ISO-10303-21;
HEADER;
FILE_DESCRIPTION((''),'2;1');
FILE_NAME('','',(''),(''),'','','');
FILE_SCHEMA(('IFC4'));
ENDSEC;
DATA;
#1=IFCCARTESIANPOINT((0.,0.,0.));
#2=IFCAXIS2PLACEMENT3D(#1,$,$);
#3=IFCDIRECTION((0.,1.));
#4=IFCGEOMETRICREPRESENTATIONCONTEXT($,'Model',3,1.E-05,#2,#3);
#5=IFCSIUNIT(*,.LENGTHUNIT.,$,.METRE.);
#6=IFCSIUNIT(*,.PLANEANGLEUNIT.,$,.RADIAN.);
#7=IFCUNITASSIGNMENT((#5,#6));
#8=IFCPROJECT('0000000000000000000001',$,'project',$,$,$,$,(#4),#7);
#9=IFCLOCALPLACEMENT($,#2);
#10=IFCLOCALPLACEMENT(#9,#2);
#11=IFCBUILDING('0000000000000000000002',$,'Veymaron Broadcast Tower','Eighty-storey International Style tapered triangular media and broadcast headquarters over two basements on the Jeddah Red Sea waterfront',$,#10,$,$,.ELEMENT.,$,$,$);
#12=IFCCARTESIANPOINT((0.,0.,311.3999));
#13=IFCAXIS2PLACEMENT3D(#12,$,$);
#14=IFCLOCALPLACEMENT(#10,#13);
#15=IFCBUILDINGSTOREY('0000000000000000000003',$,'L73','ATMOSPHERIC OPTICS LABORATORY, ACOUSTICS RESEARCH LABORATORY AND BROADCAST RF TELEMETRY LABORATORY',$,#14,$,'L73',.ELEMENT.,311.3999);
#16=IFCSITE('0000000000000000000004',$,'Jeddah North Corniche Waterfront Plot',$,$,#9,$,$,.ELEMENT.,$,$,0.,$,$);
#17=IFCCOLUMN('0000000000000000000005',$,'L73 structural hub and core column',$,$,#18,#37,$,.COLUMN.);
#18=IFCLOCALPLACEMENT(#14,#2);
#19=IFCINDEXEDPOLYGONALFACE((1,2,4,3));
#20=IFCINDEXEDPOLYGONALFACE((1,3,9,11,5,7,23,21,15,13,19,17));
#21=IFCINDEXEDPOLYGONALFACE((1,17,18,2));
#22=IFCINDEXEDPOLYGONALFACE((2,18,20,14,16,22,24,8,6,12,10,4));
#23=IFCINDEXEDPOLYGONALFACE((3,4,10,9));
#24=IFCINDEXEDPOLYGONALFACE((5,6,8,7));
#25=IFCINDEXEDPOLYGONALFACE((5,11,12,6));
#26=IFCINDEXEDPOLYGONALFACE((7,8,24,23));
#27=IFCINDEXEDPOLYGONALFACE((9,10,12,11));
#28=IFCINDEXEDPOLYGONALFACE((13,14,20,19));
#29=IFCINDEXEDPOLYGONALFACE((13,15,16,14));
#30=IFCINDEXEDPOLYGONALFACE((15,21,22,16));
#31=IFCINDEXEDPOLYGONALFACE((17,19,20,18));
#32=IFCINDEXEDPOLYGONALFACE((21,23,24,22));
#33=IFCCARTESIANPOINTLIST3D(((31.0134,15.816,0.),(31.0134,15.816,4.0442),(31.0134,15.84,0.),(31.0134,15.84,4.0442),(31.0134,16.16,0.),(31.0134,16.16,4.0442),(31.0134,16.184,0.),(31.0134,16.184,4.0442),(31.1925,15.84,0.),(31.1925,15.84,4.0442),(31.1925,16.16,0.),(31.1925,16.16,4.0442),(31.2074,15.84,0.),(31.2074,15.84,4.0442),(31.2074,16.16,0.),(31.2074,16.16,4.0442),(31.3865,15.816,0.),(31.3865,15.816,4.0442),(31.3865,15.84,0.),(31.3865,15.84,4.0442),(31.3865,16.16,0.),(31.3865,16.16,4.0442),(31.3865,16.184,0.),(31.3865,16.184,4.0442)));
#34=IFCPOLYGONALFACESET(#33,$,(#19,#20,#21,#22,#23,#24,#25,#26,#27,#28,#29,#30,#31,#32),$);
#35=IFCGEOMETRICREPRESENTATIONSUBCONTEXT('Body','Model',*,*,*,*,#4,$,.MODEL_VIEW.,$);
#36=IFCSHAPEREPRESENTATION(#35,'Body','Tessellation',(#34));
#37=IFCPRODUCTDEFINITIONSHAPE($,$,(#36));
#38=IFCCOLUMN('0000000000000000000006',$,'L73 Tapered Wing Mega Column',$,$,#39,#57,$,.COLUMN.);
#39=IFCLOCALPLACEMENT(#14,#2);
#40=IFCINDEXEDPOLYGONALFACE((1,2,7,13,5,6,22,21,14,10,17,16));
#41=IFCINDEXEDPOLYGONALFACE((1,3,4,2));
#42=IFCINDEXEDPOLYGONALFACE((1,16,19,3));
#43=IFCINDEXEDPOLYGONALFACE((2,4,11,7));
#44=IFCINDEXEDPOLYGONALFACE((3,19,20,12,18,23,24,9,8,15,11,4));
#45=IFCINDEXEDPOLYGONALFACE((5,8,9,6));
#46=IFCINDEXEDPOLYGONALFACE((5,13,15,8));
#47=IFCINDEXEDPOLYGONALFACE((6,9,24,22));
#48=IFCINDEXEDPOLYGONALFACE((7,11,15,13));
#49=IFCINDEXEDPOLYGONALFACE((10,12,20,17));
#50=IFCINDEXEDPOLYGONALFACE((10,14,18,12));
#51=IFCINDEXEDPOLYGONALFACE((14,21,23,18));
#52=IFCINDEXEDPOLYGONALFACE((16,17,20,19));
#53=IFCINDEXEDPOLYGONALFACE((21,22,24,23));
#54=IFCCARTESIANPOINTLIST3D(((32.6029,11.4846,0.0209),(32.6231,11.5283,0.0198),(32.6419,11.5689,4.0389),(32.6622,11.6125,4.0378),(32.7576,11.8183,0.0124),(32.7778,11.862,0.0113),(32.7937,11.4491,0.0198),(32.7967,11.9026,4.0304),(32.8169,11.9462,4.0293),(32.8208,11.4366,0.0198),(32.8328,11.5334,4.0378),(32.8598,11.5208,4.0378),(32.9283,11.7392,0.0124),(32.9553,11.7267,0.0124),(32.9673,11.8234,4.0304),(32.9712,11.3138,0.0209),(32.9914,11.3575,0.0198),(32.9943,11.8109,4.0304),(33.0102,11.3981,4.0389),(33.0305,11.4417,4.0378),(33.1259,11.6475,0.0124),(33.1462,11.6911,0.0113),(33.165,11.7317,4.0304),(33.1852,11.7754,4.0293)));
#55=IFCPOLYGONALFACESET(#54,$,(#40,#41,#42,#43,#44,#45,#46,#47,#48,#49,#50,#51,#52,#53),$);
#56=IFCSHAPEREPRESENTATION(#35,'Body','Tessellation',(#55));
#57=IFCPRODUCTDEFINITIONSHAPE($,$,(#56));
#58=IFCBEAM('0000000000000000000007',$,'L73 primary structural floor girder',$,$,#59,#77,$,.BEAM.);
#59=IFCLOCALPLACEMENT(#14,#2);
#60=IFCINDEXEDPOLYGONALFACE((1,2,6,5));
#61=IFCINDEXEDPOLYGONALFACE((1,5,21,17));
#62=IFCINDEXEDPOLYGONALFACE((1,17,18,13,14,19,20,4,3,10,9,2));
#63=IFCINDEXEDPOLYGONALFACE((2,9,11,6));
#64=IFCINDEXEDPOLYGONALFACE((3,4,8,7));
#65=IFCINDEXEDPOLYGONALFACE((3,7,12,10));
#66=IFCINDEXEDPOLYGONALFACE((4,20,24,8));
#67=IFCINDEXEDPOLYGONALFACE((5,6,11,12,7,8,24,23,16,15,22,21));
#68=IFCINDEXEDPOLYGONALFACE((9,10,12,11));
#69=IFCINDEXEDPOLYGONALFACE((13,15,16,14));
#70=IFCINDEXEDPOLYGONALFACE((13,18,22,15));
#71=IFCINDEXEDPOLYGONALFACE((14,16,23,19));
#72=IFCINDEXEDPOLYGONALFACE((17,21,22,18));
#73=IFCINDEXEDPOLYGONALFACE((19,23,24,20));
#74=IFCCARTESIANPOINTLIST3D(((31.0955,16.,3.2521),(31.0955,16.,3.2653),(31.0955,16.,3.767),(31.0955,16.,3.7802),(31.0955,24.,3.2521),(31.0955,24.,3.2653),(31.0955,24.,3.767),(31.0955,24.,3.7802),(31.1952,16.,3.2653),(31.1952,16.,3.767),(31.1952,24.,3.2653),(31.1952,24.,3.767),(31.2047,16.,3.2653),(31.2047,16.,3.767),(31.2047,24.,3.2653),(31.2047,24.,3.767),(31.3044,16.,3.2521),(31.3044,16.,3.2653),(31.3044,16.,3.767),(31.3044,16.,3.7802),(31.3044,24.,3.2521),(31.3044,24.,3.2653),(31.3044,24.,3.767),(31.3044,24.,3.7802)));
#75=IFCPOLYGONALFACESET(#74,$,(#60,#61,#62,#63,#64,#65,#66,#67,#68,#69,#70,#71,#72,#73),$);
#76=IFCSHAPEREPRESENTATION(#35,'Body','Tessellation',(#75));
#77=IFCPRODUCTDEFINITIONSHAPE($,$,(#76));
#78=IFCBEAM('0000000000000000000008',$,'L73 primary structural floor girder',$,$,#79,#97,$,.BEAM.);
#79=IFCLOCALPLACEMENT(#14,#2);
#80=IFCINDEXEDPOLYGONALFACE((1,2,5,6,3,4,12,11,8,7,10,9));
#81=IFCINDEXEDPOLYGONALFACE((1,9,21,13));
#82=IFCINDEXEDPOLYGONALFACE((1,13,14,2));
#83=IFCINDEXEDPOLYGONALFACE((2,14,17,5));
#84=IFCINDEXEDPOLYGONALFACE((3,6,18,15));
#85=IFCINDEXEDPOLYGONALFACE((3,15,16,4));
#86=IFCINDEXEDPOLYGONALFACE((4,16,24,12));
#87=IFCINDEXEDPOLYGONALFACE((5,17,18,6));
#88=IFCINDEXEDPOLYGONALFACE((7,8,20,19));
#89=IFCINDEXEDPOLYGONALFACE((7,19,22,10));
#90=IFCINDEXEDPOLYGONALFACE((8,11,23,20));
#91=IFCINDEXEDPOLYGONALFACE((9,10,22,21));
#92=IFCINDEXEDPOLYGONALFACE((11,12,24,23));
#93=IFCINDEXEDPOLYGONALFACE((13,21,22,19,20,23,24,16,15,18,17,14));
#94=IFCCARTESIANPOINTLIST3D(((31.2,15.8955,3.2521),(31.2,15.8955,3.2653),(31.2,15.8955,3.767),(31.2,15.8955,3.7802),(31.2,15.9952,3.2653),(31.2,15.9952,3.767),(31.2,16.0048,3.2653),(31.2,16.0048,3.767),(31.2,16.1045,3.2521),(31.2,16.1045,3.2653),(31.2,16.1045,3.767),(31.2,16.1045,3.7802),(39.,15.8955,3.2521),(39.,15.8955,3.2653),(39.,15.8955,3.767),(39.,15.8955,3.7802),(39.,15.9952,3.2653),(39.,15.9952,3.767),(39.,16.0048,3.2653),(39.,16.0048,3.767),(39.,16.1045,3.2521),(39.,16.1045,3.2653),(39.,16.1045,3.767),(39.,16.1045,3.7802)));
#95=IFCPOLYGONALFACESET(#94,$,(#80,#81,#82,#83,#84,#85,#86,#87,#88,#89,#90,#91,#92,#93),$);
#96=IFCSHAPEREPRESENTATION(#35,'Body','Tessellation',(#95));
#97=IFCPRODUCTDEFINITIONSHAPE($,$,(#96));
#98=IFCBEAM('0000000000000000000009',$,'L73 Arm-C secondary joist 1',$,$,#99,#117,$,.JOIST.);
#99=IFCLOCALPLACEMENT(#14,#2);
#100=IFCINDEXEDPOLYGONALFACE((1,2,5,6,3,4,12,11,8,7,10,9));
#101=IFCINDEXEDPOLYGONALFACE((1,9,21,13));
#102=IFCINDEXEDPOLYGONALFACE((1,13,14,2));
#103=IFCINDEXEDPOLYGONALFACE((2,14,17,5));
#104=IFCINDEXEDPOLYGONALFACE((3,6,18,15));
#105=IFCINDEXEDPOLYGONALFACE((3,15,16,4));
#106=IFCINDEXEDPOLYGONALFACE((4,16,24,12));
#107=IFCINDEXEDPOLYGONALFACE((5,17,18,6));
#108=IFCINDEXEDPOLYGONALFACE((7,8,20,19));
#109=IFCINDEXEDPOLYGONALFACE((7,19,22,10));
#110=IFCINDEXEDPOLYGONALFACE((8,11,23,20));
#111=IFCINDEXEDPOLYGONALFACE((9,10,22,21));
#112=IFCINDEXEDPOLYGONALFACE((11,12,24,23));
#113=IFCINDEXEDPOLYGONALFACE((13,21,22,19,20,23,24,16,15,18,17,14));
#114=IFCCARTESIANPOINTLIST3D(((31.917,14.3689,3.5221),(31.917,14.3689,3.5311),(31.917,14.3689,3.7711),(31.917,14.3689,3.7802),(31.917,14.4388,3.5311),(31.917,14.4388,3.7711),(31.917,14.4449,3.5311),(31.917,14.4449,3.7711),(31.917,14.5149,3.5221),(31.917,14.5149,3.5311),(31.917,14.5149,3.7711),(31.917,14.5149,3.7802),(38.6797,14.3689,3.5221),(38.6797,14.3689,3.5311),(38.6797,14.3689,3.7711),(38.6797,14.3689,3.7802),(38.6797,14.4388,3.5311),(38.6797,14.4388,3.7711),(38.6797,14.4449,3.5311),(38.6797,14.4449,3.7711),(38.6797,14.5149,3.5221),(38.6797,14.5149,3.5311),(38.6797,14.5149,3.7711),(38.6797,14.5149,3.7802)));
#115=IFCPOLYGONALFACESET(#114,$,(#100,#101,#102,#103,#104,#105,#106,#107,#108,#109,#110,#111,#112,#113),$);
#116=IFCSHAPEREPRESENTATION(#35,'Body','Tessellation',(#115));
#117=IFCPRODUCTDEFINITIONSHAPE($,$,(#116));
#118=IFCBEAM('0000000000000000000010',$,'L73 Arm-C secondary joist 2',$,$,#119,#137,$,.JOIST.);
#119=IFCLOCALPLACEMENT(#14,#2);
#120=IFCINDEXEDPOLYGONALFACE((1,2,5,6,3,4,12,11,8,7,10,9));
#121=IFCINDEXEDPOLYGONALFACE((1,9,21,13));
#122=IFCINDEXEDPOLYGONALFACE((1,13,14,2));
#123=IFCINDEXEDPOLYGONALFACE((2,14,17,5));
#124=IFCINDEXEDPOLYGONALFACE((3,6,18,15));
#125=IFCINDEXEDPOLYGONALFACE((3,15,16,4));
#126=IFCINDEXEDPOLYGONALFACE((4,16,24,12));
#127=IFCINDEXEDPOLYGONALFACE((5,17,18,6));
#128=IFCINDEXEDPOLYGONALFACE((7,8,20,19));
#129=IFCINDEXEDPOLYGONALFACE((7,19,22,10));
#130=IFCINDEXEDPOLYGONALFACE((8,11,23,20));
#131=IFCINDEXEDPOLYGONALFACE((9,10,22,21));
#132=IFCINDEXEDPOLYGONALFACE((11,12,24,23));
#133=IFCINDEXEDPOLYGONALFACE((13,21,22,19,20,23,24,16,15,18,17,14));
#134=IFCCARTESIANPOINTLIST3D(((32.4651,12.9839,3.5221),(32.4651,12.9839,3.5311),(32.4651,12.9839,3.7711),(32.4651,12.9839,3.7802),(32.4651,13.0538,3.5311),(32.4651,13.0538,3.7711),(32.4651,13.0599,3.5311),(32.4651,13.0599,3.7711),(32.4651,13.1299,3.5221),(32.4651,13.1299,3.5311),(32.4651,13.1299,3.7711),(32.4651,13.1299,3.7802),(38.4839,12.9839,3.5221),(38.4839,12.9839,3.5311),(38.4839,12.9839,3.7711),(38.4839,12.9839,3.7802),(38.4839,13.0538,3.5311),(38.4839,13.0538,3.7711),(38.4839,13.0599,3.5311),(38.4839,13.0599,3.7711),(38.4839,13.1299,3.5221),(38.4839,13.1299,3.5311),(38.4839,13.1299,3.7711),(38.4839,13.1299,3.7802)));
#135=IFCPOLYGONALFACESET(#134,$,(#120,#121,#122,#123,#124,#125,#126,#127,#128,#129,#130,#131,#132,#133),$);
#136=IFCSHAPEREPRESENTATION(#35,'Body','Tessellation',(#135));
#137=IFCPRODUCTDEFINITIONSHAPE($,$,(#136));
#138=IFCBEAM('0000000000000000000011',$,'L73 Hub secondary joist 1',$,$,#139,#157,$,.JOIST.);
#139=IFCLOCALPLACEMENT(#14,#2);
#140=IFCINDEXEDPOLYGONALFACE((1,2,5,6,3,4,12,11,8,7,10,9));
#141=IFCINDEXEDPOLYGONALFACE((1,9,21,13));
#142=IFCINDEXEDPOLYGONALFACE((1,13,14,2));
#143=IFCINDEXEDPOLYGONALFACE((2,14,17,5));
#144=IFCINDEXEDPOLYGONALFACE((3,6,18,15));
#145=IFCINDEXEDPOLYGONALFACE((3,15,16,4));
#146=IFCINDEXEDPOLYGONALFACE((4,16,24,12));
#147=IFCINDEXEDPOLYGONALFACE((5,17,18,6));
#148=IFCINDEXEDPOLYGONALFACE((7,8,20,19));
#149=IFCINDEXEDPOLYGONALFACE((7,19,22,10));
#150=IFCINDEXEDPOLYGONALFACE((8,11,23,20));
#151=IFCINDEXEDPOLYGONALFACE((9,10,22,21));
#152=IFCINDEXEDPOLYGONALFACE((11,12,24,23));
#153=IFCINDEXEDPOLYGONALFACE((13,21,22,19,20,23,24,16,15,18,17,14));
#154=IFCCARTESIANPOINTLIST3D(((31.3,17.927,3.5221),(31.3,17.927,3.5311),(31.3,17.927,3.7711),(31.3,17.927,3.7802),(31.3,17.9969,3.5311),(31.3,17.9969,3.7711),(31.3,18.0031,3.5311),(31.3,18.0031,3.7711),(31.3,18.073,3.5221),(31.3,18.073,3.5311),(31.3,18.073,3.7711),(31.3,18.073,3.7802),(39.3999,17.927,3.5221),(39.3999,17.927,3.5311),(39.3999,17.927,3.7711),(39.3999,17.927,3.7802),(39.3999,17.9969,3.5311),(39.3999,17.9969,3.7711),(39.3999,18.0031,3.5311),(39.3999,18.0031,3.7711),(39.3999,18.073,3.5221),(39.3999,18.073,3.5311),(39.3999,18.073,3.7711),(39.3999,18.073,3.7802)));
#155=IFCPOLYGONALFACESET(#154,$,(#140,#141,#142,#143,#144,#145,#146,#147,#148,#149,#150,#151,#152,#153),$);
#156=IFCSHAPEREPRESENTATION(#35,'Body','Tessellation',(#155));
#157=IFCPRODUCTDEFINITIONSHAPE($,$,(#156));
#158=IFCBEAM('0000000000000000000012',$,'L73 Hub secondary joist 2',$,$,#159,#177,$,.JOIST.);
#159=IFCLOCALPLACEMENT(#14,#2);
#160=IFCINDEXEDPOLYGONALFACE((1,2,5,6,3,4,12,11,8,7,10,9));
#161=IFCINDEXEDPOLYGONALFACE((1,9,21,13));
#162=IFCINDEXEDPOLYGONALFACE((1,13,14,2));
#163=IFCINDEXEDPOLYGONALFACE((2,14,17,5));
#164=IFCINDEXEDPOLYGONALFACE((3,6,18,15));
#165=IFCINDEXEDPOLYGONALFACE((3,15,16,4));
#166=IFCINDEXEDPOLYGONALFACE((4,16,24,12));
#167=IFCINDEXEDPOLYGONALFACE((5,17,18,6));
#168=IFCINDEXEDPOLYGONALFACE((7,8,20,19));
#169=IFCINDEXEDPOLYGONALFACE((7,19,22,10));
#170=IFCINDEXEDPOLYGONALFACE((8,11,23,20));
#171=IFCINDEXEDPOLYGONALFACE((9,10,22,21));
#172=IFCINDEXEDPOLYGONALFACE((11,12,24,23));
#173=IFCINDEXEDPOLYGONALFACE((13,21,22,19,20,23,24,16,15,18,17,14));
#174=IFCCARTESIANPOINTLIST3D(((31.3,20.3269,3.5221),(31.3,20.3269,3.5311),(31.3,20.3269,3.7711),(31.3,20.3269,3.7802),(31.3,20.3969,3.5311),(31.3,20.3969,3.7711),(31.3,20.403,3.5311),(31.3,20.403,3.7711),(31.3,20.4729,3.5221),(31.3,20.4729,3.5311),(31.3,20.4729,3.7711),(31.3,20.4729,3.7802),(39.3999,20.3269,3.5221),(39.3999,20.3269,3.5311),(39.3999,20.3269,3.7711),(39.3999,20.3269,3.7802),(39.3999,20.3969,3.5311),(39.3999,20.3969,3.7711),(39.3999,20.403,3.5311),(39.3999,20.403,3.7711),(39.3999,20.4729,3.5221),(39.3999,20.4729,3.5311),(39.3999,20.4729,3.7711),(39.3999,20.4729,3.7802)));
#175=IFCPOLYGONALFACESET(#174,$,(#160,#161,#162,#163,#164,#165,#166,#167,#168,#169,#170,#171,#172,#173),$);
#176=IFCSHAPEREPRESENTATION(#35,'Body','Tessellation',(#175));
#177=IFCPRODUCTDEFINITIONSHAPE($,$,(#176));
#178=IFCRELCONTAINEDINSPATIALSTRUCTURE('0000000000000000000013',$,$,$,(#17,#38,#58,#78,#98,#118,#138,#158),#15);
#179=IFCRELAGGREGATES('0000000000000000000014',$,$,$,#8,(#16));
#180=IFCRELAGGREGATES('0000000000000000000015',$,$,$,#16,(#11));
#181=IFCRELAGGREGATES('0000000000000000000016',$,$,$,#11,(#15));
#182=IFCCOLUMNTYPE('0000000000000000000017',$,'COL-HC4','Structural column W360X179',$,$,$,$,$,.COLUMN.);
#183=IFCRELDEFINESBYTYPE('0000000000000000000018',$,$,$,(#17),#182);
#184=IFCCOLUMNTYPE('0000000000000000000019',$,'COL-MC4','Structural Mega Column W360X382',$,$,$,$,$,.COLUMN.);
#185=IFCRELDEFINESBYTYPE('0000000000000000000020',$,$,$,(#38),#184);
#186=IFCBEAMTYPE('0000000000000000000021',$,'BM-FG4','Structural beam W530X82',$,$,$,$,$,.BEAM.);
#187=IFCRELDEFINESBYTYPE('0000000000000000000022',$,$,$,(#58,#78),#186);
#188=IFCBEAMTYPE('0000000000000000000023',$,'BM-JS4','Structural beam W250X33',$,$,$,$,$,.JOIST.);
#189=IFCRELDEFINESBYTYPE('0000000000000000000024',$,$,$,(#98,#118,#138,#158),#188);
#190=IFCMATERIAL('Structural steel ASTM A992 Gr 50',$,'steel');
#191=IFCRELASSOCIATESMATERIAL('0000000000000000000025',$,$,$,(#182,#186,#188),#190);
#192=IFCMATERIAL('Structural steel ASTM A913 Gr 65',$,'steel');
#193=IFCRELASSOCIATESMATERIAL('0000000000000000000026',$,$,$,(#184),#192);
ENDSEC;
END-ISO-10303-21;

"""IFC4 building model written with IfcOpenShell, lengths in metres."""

from ifc_helpers import new_model, si_unit, direction, frame, origin, origin_2d, place, context, subcontext, project, spatial, i_section, extrude, material, material_profile, profile_set, type_object, element, save


model = new_model("IFC4")

# Units and contexts
model_context = context("Model", 3, precision=1e-05, world=origin(), true_north=direction((0.0, 1.0)))
body_context = subcontext(model_context, "Body", "Model", "MODEL_VIEW")
ifc_project = project(units=[si_unit("LENGTHUNIT", "METRE"), si_unit("PLANEANGLEUNIT", "RADIAN")], contexts=[model_context])

# Site, building, storey
site_placement = place(None, origin())
site = spatial("IfcSite", under=ifc_project, at=site_placement, Name="Jeddah North Corniche Waterfront Plot", CompositionType="ELEMENT", RefElevation=0.0)
building_placement = place(site_placement, origin())
building = spatial("IfcBuilding", under=site, at=building_placement, Name="Veymaron Broadcast Tower", Description="Eighty-storey International Style tapered triangular media and broadcast headquarters over two basements on the Jeddah Red Sea waterfront", CompositionType="ELEMENT")
storey_placement = place(building_placement, frame((0.0, 0.0, 311.3999)))
storey = spatial("IfcBuildingStorey", under=building, at=storey_placement, Name="L73", Description="ATMOSPHERIC OPTICS LABORATORY, ACOUSTICS RESEARCH LABORATORY AND BROADCAST RF TELEMETRY LABORATORY", LongName="L73", CompositionType="ELEMENT", Elevation=311.3999)

# Columns
ifc_material_1 = material(Name="Structural steel ASTM A992 Gr 50", Category="steel")
ifc_material_profile_1 = material_profile(ifc_material_1, i_section(OverallWidth=0.373, OverallDepth=0.3679, WebThickness=0.0149, FlangeThickness=0.0239, at=origin_2d()), Name="W360X179")
ifc_profile_set_1 = profile_set([ifc_material_profile_1], Name="Structural steel ASTM A992 Gr 50")
column_type_1 = type_object("IfcColumnType", Name="COL-HC4", Description="Structural column W360X179", PredefinedType="COLUMN", material=ifc_profile_set_1)
column_1_placement = place(storey_placement, frame((31.2, 16.0, 0.0), z_axis=(0.0, 0.0, 1.0), x_axis=(1.0, 0.0, 0.0)))
element("IfcColumn", 1, at=column_1_placement, inside=storey, type_object=column_type_1, Name="L73 structural hub and core column", PredefinedType="COLUMN", context=body_context, shape_type="SweptSolid", body=[
    extrude(i_section(OverallWidth=0.373, OverallDepth=0.3679, WebThickness=0.0149, FlangeThickness=0.0239, at=origin_2d()), origin(), (0.0, 0.0, 1.0), 4.0442),
])
ifc_material_2 = material(Name="Structural steel ASTM A913 Gr 65", Category="steel")
ifc_material_profile_2 = material_profile(ifc_material_2, i_section(OverallWidth=0.406, OverallDepth=0.416, WebThickness=0.0298, FlangeThickness=0.0481, at=origin_2d()), Name="W360X382")
ifc_profile_set_2 = profile_set([ifc_material_profile_2], Name="Structural steel ASTM A913 Gr 65")
column_type_2 = type_object("IfcColumnType", Name="COL-MC4", Description="Structural Mega Column W360X382", PredefinedType="COLUMN", material=ifc_profile_set_2)
column_2_placement = place(storey_placement, frame((32.8745, 11.5879, 0.0161), z_axis=(0.009719, 0.020957, 0.999733), x_axis=(-0.907188, 0.420725, 0.0)))
element("IfcColumn", 2, at=column_2_placement, inside=storey, type_object=column_type_2, Name="L73 Tapered Wing Mega Column", PredefinedType="COLUMN", context=body_context, shape_type="SweptSolid", body=[
    extrude(i_section(OverallWidth=0.406, OverallDepth=0.416, WebThickness=0.0298, FlangeThickness=0.0481, at=origin_2d()), origin(), (0.0, 0.0, 1.0), 4.019),
])

# Beams
ifc_material_profile_3 = material_profile(ifc_material_1, i_section(OverallWidth=0.209, OverallDepth=0.5281, WebThickness=0.0095, FlangeThickness=0.0132, at=origin_2d()), Name="W530X82")
ifc_profile_set_3 = profile_set([ifc_material_profile_3], Name="Structural steel ASTM A992 Gr 50")
beam_type_1 = type_object("IfcBeamType", Name="BM-FG4", Description="Structural beam W530X82", PredefinedType="BEAM", material=ifc_profile_set_3)
beam_1_placement = place(storey_placement, frame((31.2, 16.0, 3.5161), z_axis=(0.0, 1.0, 0.0), x_axis=(-1.0, 0.0, 0.0)))
element("IfcBeam", 3, at=beam_1_placement, inside=storey, type_object=beam_type_1, Name="L73 primary structural floor girder", PredefinedType="BEAM", context=body_context, shape_type="SweptSolid", body=[
    extrude(i_section(OverallWidth=0.209, OverallDepth=0.5281, WebThickness=0.0095, FlangeThickness=0.0132, at=origin_2d()), origin(), (0.0, 0.0, 1.0), 8.0),
])
beam_2_placement = place(storey_placement, frame((31.2, 16.0, 3.5161), z_axis=(1.0, 0.0, 0.0), x_axis=(0.0, 1.0, 0.0)))
element("IfcBeam", 4, at=beam_2_placement, inside=storey, type_object=beam_type_1, Name="L73 primary structural floor girder", PredefinedType="BEAM", context=body_context, shape_type="SweptSolid", body=[
    extrude(i_section(OverallWidth=0.209, OverallDepth=0.5281, WebThickness=0.0095, FlangeThickness=0.0132, at=origin_2d()), origin(), (0.0, 0.0, 1.0), 7.8),
])
ifc_material_profile_4 = material_profile(ifc_material_1, i_section(OverallWidth=0.146, OverallDepth=0.2581, WebThickness=0.0061, FlangeThickness=0.009, at=origin_2d()), Name="W250X33")
ifc_profile_set_4 = profile_set([ifc_material_profile_4], Name="Structural steel ASTM A992 Gr 50")
beam_type_2 = type_object("IfcBeamType", Name="BM-JS4", Description="Structural beam W250X33", PredefinedType="JOIST", material=ifc_profile_set_4)
beam_3_placement = place(storey_placement, frame((31.917, 14.4419, 3.6511), z_axis=(1.0, 0.0, 0.0), x_axis=(0.0, 1.0, 0.0)))
element("IfcBeam", 5, at=beam_3_placement, inside=storey, type_object=beam_type_2, Name="L73 Arm-C secondary joist 1", PredefinedType="JOIST", context=body_context, shape_type="SweptSolid", body=[
    extrude(i_section(OverallWidth=0.146, OverallDepth=0.2581, WebThickness=0.0061, FlangeThickness=0.009, at=origin_2d()), origin(), (0.0, 0.0, 1.0), 6.7627),
])
beam_4_placement = place(storey_placement, frame((32.4651, 13.0569, 3.6511), z_axis=(1.0, 0.0, 0.0), x_axis=(0.0, 1.0, 0.0)))
element("IfcBeam", 6, at=beam_4_placement, inside=storey, type_object=beam_type_2, Name="L73 Arm-C secondary joist 2", PredefinedType="JOIST", context=body_context, shape_type="SweptSolid", body=[
    extrude(i_section(OverallWidth=0.146, OverallDepth=0.2581, WebThickness=0.0061, FlangeThickness=0.009, at=origin_2d()), origin(), (0.0, 0.0, 1.0), 6.0188),
])
for number, where, z_axis, x_axis, name in (
    (7, (31.3, 18.0, 3.6511), (1.0, 0.0, 0.0), (0.0, 1.0, 0.0), "L73 Hub secondary joist 1"),
    (8, (31.3, 20.3999, 3.6511), (1.0, 0.0, 0.0), (0.0, 1.0, 0.0), "L73 Hub secondary joist 2"),
):
    element("IfcBeam", number, at=place(storey_placement, frame(where, z_axis=z_axis, x_axis=x_axis)), inside=storey, type_object=beam_type_2, Name=name, PredefinedType="JOIST", context=body_context, shape_type="SweptSolid", body=[
        extrude(i_section(OverallWidth=0.146, OverallDepth=0.2581, WebThickness=0.0061, FlangeThickness=0.009, at=origin_2d()), origin(), (0.0, 0.0, 1.0), 8.0999),
    ])

save(model, "model.ifc")
